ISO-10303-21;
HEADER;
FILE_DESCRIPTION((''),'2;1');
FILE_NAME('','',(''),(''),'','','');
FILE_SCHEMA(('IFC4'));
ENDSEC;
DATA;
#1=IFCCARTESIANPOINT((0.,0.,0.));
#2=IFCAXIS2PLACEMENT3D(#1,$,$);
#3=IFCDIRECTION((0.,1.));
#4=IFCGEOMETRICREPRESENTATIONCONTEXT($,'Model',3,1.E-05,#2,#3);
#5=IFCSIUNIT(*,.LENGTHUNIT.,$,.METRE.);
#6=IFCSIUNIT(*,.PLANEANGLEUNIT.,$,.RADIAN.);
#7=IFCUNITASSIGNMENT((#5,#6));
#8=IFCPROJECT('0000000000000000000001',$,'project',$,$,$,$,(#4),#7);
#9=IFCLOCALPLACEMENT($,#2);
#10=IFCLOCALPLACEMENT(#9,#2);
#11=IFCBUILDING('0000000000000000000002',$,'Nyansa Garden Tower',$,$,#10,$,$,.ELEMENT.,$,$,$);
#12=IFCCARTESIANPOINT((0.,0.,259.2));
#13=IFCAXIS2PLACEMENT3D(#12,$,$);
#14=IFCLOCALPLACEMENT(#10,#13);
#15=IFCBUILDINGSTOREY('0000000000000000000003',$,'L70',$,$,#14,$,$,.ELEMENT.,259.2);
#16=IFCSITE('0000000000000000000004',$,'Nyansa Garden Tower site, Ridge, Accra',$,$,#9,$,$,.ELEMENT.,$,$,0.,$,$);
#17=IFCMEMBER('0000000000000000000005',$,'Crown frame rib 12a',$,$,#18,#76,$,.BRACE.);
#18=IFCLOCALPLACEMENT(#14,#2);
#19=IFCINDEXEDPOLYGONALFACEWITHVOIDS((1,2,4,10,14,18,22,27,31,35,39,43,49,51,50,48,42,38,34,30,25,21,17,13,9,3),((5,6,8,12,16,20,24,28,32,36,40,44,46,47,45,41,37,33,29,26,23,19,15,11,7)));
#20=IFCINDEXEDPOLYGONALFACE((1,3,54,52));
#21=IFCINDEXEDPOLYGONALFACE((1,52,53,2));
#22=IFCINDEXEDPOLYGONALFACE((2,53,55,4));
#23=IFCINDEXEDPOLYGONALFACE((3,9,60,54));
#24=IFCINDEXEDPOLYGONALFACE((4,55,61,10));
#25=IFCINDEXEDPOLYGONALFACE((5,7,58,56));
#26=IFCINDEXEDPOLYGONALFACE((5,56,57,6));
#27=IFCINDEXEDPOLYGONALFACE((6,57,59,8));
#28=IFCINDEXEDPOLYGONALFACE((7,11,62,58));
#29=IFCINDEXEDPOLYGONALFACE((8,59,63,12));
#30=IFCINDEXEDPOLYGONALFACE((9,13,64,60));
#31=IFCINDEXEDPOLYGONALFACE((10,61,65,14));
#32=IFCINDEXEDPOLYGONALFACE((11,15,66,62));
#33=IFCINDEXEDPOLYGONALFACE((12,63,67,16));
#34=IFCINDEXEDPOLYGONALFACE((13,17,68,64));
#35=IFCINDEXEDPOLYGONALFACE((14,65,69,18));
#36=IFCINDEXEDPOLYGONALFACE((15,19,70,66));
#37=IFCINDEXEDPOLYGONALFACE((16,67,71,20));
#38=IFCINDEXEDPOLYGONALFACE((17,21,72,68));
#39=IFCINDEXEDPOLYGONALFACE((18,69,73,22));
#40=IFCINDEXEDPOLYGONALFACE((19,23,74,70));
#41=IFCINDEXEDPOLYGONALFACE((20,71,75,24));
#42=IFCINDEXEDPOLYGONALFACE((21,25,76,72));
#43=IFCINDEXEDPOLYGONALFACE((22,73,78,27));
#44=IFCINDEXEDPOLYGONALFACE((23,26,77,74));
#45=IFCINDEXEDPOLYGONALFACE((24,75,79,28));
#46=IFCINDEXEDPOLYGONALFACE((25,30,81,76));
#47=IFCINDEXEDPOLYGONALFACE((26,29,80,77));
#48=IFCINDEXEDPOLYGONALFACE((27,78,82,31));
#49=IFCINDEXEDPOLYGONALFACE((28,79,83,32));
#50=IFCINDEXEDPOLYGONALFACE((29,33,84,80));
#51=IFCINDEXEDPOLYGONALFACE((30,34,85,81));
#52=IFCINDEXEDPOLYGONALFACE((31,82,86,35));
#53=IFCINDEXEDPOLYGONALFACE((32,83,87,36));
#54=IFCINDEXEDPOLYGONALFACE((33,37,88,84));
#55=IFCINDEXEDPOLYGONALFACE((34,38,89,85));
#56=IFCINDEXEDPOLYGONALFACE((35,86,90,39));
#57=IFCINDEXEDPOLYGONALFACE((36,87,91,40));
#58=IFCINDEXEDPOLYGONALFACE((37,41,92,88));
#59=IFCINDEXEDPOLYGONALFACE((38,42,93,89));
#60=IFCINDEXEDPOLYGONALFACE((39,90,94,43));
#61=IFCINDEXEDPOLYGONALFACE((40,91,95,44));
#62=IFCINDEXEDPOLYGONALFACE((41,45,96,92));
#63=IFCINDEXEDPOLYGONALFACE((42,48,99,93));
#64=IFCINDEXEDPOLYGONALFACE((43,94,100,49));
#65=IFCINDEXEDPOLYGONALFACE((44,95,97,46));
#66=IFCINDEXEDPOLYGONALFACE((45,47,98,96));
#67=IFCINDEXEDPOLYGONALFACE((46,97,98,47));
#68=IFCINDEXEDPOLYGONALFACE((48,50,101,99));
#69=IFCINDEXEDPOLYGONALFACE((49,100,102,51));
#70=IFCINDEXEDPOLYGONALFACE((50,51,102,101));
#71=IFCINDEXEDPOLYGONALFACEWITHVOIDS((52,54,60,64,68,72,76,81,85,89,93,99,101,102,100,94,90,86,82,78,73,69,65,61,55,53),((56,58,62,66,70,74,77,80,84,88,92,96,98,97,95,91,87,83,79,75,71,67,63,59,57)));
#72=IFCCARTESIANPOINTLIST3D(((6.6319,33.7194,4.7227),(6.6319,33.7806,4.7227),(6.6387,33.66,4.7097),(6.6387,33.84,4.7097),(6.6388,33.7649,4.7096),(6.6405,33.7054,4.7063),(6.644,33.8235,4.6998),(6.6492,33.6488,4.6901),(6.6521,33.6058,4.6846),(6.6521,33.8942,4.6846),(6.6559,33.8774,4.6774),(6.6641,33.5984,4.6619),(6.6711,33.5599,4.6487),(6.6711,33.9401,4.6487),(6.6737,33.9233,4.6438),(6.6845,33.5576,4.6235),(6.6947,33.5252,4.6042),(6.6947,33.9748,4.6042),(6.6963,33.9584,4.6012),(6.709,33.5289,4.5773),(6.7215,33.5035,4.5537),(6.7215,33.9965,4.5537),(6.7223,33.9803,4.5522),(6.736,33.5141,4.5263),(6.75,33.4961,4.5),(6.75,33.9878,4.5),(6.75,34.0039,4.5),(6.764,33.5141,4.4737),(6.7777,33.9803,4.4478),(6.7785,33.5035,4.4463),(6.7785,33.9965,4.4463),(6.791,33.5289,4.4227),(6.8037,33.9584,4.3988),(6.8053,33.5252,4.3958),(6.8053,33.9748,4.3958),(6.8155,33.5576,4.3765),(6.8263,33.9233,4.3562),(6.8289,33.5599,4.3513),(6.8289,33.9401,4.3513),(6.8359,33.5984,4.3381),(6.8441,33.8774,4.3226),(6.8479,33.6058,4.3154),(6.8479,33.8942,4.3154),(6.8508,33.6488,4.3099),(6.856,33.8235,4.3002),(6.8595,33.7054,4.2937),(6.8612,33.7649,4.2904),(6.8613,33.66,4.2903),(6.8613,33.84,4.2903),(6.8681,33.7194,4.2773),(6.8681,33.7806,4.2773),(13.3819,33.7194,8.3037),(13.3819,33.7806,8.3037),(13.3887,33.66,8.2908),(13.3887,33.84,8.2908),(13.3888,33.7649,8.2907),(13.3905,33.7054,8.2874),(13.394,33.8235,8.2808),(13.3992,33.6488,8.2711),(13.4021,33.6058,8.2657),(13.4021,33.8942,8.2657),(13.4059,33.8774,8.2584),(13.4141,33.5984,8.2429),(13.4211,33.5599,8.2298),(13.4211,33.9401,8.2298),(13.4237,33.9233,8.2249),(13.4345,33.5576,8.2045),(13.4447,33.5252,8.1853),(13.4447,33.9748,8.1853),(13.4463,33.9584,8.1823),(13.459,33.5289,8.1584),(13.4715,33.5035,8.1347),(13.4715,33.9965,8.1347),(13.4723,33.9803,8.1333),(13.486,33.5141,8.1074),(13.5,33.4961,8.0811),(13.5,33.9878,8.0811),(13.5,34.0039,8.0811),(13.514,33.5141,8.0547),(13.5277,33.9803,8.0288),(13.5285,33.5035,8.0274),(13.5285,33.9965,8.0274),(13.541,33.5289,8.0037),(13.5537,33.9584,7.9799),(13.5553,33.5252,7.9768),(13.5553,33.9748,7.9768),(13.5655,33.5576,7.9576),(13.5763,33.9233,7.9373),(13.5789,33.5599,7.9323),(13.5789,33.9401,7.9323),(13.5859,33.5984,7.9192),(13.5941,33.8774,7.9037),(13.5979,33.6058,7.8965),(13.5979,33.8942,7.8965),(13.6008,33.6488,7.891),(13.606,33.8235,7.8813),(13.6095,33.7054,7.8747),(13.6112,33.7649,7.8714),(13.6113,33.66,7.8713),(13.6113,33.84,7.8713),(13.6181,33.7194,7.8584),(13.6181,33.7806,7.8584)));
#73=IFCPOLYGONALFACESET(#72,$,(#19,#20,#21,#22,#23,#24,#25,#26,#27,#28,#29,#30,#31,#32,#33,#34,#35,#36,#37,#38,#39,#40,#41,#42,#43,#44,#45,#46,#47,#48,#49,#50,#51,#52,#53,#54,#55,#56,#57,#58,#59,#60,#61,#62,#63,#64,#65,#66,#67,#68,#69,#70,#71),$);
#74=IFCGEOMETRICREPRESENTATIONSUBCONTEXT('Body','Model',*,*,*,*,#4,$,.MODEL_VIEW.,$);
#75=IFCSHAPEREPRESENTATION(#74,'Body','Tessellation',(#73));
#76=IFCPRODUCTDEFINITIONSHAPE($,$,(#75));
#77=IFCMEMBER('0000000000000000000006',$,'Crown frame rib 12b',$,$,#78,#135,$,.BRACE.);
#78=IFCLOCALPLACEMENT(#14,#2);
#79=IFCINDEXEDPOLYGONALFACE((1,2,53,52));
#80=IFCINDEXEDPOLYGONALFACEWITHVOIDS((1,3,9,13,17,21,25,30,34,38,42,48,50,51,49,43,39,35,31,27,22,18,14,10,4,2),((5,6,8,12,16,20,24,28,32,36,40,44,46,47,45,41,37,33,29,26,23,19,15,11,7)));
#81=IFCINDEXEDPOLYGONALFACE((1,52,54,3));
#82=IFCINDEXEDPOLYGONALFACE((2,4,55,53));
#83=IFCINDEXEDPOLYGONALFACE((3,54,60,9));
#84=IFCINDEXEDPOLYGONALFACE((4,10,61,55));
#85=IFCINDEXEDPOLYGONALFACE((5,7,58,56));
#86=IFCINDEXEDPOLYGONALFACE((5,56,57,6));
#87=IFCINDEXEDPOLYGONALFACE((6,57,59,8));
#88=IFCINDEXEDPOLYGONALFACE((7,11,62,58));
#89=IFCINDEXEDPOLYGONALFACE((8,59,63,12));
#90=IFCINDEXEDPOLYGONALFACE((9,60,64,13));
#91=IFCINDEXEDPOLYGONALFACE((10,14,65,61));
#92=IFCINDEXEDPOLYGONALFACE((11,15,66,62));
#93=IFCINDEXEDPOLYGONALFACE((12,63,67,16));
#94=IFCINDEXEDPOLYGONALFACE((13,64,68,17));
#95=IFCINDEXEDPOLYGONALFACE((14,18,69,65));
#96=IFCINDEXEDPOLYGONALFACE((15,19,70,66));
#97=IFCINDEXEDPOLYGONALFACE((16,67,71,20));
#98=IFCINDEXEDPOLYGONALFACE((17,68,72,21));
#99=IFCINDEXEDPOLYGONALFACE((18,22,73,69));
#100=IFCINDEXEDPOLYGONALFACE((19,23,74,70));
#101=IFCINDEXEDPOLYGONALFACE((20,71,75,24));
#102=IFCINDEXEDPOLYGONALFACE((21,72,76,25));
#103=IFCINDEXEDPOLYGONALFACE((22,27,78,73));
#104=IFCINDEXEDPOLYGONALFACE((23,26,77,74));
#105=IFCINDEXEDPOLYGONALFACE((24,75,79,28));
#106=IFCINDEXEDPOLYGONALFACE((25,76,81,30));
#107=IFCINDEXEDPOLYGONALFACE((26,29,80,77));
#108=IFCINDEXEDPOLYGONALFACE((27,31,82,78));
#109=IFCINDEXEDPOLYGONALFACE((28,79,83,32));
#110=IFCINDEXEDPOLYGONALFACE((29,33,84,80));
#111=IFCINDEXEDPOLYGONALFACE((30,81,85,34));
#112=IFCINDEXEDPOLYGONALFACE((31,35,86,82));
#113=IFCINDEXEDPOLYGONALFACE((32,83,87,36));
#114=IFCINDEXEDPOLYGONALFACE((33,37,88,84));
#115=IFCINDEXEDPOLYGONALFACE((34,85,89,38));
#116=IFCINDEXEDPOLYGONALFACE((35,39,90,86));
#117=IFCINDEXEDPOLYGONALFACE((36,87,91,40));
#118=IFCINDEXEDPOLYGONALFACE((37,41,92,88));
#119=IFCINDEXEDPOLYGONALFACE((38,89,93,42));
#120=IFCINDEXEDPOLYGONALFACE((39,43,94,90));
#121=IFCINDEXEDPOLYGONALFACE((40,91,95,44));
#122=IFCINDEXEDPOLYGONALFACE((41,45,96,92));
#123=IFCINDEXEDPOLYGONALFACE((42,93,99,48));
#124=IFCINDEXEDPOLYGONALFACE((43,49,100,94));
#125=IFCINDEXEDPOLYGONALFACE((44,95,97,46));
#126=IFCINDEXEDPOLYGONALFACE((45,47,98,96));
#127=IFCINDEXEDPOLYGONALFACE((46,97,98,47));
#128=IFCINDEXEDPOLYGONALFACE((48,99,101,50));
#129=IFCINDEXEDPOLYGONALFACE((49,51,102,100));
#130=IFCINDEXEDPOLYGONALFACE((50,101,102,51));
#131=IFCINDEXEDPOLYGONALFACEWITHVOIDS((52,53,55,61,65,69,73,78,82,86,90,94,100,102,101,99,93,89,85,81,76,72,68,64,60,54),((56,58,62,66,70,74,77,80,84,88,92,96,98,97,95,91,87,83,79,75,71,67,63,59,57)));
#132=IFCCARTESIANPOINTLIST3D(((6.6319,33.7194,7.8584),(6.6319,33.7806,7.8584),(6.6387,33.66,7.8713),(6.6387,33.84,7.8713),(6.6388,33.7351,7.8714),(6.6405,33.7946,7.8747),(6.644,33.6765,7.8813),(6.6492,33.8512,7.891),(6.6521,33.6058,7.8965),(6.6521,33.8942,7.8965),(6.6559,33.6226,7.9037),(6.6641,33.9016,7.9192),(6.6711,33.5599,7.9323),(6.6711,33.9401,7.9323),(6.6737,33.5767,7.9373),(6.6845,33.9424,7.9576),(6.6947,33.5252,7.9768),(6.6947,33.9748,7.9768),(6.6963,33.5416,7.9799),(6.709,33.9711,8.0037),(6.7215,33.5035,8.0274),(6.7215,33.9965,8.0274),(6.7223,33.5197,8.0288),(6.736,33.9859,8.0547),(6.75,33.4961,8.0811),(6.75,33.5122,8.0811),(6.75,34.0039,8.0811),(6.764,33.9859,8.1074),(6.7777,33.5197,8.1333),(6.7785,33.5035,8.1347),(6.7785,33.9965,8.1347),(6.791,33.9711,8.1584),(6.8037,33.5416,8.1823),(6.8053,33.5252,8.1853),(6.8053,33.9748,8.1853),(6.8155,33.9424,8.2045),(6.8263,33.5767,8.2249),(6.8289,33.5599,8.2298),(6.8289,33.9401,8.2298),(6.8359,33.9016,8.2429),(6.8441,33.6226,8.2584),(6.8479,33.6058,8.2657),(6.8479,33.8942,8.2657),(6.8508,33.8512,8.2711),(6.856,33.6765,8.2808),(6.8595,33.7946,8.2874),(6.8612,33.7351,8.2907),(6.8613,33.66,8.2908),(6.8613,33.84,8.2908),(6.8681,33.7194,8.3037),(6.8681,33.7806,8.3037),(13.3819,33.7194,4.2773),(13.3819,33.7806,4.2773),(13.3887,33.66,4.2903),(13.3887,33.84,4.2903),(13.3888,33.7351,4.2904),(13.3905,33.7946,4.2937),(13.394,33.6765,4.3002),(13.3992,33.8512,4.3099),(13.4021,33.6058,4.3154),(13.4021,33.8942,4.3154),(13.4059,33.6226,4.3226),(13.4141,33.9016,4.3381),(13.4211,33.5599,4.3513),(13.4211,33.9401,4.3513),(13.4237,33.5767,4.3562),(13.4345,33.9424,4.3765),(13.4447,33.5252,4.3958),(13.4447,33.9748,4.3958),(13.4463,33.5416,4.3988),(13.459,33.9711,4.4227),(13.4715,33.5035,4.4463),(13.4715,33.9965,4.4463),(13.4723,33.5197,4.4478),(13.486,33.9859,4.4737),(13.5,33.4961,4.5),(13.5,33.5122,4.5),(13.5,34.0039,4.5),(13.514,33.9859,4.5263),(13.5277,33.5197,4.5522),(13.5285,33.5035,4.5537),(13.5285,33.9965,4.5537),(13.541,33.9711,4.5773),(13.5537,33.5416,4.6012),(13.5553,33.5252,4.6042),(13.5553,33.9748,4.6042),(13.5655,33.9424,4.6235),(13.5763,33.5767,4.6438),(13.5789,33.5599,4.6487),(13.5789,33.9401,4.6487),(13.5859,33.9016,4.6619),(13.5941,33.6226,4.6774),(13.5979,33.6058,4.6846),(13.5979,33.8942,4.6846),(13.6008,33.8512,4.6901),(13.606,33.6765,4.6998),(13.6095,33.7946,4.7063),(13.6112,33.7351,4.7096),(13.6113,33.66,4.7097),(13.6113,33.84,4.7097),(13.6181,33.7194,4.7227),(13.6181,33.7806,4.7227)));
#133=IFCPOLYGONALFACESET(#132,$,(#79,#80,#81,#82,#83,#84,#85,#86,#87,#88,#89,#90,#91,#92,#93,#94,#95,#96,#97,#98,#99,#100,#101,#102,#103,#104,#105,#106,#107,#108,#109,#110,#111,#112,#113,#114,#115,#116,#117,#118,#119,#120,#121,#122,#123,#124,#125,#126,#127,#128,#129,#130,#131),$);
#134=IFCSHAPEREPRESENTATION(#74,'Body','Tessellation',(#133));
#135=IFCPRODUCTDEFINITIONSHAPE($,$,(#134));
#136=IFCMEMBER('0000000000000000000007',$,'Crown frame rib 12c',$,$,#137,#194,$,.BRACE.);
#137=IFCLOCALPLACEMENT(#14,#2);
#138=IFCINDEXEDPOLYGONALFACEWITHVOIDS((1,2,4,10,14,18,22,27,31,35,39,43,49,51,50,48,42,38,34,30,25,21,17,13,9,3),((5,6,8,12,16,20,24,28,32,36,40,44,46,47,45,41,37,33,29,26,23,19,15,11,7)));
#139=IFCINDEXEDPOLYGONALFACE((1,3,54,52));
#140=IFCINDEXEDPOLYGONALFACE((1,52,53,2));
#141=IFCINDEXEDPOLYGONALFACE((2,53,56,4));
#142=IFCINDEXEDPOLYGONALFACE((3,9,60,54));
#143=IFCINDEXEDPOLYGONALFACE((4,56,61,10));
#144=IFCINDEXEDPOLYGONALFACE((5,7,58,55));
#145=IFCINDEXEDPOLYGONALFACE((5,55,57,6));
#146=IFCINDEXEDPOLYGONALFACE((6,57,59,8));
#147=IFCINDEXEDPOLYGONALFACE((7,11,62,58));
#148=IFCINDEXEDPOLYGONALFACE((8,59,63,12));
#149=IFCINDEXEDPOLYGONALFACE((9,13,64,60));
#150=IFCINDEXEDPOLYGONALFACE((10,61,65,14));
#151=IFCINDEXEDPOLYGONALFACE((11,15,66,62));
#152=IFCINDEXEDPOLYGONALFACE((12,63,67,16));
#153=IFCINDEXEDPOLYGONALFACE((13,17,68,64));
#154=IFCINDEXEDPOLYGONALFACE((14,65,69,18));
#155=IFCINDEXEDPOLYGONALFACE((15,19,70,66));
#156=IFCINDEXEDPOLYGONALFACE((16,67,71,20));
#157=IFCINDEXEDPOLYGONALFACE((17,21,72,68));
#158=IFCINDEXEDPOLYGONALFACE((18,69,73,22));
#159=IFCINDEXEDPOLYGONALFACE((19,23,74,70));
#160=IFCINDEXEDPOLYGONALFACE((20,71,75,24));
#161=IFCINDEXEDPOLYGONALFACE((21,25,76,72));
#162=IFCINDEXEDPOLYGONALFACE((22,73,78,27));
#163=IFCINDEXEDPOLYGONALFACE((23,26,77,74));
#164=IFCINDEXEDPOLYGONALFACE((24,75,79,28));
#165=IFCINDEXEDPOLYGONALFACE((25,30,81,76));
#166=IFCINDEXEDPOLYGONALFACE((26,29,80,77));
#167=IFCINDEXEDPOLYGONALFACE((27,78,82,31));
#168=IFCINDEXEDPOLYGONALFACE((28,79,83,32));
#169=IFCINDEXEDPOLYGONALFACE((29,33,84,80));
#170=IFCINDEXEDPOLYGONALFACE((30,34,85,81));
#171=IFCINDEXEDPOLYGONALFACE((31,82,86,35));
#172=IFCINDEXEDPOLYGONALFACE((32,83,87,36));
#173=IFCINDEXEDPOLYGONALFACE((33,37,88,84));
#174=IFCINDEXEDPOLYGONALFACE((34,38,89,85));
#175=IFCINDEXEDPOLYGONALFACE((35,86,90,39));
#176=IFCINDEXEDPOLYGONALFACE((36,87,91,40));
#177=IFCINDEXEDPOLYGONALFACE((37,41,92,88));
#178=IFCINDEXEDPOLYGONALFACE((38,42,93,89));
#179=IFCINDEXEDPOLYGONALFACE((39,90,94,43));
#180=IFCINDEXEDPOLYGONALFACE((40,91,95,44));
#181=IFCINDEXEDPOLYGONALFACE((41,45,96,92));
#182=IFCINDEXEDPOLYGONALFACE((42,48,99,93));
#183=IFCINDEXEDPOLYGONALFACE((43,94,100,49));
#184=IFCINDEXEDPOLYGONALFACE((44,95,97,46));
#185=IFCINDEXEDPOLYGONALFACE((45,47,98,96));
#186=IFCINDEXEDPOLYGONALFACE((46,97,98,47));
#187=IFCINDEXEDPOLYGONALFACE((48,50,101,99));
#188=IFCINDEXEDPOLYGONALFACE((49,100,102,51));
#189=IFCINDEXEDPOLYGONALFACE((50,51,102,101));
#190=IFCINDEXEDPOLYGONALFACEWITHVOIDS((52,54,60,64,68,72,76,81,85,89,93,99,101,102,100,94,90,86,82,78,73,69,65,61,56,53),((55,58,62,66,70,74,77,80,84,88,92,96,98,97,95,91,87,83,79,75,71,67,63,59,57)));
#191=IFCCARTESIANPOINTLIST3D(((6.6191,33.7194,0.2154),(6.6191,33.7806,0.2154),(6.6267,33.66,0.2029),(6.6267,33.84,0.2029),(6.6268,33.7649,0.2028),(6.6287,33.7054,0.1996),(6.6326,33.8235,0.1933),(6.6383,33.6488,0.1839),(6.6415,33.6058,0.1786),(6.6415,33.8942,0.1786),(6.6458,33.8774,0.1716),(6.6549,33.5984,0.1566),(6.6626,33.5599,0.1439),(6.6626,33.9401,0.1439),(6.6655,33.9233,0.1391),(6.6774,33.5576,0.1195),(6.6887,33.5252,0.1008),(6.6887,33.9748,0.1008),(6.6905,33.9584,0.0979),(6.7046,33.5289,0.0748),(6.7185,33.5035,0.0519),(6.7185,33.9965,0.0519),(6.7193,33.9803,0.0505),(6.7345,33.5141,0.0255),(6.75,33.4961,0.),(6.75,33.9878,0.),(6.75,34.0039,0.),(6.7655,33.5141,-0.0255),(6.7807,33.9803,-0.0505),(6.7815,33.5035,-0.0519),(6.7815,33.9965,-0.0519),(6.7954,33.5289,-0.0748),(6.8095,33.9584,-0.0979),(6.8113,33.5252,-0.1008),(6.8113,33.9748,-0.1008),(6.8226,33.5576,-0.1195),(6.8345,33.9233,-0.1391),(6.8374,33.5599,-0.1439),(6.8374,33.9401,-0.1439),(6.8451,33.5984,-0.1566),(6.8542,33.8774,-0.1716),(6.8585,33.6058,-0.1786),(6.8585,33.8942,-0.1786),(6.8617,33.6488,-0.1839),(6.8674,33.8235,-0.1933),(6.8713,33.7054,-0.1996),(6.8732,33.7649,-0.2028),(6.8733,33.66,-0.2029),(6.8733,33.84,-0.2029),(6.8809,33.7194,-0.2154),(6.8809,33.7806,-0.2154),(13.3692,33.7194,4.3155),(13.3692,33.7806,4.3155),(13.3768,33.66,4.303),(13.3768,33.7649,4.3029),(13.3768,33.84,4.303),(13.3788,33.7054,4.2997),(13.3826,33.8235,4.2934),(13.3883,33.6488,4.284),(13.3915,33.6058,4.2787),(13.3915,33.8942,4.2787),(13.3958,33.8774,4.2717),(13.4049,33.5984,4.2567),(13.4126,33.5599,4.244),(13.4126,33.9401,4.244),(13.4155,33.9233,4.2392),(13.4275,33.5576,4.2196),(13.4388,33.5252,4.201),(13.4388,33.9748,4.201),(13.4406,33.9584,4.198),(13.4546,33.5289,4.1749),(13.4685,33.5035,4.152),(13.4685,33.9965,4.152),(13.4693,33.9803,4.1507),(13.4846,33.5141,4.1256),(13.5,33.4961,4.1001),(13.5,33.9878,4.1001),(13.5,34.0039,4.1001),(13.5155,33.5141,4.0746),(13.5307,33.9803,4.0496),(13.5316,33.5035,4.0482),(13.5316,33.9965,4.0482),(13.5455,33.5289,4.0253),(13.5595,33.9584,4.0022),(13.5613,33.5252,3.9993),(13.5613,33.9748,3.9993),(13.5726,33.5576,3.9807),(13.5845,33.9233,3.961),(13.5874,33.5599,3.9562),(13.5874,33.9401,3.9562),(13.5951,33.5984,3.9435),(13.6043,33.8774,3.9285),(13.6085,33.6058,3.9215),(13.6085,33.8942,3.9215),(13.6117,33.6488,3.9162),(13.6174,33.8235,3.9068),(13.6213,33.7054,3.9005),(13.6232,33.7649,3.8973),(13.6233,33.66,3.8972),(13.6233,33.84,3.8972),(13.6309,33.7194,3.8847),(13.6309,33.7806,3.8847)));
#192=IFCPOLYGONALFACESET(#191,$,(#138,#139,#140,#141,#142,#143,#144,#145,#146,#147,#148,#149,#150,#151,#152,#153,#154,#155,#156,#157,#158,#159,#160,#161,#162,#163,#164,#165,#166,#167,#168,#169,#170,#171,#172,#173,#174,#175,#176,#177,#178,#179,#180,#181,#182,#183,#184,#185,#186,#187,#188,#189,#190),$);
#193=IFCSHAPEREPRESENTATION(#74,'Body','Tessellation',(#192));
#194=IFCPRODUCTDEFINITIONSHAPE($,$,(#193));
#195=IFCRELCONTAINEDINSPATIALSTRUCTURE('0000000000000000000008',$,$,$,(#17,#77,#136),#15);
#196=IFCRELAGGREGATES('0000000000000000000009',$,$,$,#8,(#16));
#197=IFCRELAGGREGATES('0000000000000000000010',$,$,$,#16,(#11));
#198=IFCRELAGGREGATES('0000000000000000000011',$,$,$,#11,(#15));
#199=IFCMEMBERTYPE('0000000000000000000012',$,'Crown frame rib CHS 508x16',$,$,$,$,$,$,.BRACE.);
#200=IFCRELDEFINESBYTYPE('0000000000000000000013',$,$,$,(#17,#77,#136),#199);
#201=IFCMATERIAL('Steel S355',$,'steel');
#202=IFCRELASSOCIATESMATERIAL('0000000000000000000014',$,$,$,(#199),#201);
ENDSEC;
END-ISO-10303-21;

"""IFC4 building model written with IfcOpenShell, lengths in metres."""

from ifc_helpers import new_model, si_unit, direction, frame, origin, origin_2d, place, context, subcontext, project, spatial, hollow_circle, extrude, material, material_profile, profile_set, type_object, element, save


model = new_model("IFC4")

# Units and contexts
model_context = context("Model", 3, precision=1e-05, world=origin(), true_north=direction((0.0, 1.0)))
body_context = subcontext(model_context, "Body", "Model", "MODEL_VIEW")
ifc_project = project(units=[si_unit("LENGTHUNIT", "METRE"), si_unit("PLANEANGLEUNIT", "RADIAN")], contexts=[model_context])

# Site, building, storey
site_placement = place(None, origin())
site = spatial("IfcSite", under=ifc_project, at=site_placement, Name="Nyansa Garden Tower site, Ridge, Accra", CompositionType="ELEMENT", RefElevation=0.0)
building_placement = place(site_placement, origin())
building = spatial("IfcBuilding", under=site, at=building_placement, Name="Nyansa Garden Tower", CompositionType="ELEMENT")
storey_placement = place(building_placement, frame((0.0, 0.0, 259.2)))
storey = spatial("IfcBuildingStorey", under=building, at=storey_placement, Name="L70", CompositionType="ELEMENT", Elevation=259.2)

# Members
ifc_material_1 = material(Name="Steel S355", Category="steel")
ifc_material_profile_1 = material_profile(ifc_material_1, hollow_circle(Radius=0.2539, WallThickness=0.0161, at=origin_2d()), Name="CHS 508x16")
ifc_profile_set_1 = profile_set([ifc_material_profile_1], Name="Steel S355")
member_type = type_object("IfcMemberType", Name="Crown frame rib CHS 508x16", PredefinedType="BRACE", material=ifc_profile_set_1)
for number, where, z_axis, x_axis, name in (
    (1, (6.75, 33.75, 4.5), (0.88338, 0.0, 0.468657), (0.0, 1.0, 0.0), "Crown frame rib 12a"),
    (2, (13.5, 33.75, 4.5), (-0.88338, 0.0, 0.468657), (0.0, -1.0, 0.0), "Crown frame rib 12b"),
):
    element("IfcMember", number, at=place(storey_placement, frame(where, z_axis=z_axis, x_axis=x_axis)), inside=storey, type_object=member_type, Name=name, PredefinedType="BRACE", context=body_context, shape_type="SweptSolid", body=[
        extrude(hollow_circle(Radius=0.2539, WallThickness=0.0161, at=origin_2d()), origin(), (0.0, 0.0, 1.0), 7.6411),
    ])
for number, where, z_axis, x_axis, name in (
    (3, (6.75, 33.75, 0.0), (0.854682, 0.0, 0.519152), (0.0, 1.0, 0.0), "Crown frame rib 12c"),
):
    element("IfcMember", number, at=place(storey_placement, frame(where, z_axis=z_axis, x_axis=x_axis)), inside=storey, type_object=member_type, Name=name, PredefinedType="BRACE", context=body_context, shape_type="SweptSolid", body=[
        extrude(hollow_circle(Radius=0.2539, WallThickness=0.0161, at=origin_2d()), origin(), (0.0, 0.0, 1.0), 7.8977),
    ])

save(model, "model.ifc")
